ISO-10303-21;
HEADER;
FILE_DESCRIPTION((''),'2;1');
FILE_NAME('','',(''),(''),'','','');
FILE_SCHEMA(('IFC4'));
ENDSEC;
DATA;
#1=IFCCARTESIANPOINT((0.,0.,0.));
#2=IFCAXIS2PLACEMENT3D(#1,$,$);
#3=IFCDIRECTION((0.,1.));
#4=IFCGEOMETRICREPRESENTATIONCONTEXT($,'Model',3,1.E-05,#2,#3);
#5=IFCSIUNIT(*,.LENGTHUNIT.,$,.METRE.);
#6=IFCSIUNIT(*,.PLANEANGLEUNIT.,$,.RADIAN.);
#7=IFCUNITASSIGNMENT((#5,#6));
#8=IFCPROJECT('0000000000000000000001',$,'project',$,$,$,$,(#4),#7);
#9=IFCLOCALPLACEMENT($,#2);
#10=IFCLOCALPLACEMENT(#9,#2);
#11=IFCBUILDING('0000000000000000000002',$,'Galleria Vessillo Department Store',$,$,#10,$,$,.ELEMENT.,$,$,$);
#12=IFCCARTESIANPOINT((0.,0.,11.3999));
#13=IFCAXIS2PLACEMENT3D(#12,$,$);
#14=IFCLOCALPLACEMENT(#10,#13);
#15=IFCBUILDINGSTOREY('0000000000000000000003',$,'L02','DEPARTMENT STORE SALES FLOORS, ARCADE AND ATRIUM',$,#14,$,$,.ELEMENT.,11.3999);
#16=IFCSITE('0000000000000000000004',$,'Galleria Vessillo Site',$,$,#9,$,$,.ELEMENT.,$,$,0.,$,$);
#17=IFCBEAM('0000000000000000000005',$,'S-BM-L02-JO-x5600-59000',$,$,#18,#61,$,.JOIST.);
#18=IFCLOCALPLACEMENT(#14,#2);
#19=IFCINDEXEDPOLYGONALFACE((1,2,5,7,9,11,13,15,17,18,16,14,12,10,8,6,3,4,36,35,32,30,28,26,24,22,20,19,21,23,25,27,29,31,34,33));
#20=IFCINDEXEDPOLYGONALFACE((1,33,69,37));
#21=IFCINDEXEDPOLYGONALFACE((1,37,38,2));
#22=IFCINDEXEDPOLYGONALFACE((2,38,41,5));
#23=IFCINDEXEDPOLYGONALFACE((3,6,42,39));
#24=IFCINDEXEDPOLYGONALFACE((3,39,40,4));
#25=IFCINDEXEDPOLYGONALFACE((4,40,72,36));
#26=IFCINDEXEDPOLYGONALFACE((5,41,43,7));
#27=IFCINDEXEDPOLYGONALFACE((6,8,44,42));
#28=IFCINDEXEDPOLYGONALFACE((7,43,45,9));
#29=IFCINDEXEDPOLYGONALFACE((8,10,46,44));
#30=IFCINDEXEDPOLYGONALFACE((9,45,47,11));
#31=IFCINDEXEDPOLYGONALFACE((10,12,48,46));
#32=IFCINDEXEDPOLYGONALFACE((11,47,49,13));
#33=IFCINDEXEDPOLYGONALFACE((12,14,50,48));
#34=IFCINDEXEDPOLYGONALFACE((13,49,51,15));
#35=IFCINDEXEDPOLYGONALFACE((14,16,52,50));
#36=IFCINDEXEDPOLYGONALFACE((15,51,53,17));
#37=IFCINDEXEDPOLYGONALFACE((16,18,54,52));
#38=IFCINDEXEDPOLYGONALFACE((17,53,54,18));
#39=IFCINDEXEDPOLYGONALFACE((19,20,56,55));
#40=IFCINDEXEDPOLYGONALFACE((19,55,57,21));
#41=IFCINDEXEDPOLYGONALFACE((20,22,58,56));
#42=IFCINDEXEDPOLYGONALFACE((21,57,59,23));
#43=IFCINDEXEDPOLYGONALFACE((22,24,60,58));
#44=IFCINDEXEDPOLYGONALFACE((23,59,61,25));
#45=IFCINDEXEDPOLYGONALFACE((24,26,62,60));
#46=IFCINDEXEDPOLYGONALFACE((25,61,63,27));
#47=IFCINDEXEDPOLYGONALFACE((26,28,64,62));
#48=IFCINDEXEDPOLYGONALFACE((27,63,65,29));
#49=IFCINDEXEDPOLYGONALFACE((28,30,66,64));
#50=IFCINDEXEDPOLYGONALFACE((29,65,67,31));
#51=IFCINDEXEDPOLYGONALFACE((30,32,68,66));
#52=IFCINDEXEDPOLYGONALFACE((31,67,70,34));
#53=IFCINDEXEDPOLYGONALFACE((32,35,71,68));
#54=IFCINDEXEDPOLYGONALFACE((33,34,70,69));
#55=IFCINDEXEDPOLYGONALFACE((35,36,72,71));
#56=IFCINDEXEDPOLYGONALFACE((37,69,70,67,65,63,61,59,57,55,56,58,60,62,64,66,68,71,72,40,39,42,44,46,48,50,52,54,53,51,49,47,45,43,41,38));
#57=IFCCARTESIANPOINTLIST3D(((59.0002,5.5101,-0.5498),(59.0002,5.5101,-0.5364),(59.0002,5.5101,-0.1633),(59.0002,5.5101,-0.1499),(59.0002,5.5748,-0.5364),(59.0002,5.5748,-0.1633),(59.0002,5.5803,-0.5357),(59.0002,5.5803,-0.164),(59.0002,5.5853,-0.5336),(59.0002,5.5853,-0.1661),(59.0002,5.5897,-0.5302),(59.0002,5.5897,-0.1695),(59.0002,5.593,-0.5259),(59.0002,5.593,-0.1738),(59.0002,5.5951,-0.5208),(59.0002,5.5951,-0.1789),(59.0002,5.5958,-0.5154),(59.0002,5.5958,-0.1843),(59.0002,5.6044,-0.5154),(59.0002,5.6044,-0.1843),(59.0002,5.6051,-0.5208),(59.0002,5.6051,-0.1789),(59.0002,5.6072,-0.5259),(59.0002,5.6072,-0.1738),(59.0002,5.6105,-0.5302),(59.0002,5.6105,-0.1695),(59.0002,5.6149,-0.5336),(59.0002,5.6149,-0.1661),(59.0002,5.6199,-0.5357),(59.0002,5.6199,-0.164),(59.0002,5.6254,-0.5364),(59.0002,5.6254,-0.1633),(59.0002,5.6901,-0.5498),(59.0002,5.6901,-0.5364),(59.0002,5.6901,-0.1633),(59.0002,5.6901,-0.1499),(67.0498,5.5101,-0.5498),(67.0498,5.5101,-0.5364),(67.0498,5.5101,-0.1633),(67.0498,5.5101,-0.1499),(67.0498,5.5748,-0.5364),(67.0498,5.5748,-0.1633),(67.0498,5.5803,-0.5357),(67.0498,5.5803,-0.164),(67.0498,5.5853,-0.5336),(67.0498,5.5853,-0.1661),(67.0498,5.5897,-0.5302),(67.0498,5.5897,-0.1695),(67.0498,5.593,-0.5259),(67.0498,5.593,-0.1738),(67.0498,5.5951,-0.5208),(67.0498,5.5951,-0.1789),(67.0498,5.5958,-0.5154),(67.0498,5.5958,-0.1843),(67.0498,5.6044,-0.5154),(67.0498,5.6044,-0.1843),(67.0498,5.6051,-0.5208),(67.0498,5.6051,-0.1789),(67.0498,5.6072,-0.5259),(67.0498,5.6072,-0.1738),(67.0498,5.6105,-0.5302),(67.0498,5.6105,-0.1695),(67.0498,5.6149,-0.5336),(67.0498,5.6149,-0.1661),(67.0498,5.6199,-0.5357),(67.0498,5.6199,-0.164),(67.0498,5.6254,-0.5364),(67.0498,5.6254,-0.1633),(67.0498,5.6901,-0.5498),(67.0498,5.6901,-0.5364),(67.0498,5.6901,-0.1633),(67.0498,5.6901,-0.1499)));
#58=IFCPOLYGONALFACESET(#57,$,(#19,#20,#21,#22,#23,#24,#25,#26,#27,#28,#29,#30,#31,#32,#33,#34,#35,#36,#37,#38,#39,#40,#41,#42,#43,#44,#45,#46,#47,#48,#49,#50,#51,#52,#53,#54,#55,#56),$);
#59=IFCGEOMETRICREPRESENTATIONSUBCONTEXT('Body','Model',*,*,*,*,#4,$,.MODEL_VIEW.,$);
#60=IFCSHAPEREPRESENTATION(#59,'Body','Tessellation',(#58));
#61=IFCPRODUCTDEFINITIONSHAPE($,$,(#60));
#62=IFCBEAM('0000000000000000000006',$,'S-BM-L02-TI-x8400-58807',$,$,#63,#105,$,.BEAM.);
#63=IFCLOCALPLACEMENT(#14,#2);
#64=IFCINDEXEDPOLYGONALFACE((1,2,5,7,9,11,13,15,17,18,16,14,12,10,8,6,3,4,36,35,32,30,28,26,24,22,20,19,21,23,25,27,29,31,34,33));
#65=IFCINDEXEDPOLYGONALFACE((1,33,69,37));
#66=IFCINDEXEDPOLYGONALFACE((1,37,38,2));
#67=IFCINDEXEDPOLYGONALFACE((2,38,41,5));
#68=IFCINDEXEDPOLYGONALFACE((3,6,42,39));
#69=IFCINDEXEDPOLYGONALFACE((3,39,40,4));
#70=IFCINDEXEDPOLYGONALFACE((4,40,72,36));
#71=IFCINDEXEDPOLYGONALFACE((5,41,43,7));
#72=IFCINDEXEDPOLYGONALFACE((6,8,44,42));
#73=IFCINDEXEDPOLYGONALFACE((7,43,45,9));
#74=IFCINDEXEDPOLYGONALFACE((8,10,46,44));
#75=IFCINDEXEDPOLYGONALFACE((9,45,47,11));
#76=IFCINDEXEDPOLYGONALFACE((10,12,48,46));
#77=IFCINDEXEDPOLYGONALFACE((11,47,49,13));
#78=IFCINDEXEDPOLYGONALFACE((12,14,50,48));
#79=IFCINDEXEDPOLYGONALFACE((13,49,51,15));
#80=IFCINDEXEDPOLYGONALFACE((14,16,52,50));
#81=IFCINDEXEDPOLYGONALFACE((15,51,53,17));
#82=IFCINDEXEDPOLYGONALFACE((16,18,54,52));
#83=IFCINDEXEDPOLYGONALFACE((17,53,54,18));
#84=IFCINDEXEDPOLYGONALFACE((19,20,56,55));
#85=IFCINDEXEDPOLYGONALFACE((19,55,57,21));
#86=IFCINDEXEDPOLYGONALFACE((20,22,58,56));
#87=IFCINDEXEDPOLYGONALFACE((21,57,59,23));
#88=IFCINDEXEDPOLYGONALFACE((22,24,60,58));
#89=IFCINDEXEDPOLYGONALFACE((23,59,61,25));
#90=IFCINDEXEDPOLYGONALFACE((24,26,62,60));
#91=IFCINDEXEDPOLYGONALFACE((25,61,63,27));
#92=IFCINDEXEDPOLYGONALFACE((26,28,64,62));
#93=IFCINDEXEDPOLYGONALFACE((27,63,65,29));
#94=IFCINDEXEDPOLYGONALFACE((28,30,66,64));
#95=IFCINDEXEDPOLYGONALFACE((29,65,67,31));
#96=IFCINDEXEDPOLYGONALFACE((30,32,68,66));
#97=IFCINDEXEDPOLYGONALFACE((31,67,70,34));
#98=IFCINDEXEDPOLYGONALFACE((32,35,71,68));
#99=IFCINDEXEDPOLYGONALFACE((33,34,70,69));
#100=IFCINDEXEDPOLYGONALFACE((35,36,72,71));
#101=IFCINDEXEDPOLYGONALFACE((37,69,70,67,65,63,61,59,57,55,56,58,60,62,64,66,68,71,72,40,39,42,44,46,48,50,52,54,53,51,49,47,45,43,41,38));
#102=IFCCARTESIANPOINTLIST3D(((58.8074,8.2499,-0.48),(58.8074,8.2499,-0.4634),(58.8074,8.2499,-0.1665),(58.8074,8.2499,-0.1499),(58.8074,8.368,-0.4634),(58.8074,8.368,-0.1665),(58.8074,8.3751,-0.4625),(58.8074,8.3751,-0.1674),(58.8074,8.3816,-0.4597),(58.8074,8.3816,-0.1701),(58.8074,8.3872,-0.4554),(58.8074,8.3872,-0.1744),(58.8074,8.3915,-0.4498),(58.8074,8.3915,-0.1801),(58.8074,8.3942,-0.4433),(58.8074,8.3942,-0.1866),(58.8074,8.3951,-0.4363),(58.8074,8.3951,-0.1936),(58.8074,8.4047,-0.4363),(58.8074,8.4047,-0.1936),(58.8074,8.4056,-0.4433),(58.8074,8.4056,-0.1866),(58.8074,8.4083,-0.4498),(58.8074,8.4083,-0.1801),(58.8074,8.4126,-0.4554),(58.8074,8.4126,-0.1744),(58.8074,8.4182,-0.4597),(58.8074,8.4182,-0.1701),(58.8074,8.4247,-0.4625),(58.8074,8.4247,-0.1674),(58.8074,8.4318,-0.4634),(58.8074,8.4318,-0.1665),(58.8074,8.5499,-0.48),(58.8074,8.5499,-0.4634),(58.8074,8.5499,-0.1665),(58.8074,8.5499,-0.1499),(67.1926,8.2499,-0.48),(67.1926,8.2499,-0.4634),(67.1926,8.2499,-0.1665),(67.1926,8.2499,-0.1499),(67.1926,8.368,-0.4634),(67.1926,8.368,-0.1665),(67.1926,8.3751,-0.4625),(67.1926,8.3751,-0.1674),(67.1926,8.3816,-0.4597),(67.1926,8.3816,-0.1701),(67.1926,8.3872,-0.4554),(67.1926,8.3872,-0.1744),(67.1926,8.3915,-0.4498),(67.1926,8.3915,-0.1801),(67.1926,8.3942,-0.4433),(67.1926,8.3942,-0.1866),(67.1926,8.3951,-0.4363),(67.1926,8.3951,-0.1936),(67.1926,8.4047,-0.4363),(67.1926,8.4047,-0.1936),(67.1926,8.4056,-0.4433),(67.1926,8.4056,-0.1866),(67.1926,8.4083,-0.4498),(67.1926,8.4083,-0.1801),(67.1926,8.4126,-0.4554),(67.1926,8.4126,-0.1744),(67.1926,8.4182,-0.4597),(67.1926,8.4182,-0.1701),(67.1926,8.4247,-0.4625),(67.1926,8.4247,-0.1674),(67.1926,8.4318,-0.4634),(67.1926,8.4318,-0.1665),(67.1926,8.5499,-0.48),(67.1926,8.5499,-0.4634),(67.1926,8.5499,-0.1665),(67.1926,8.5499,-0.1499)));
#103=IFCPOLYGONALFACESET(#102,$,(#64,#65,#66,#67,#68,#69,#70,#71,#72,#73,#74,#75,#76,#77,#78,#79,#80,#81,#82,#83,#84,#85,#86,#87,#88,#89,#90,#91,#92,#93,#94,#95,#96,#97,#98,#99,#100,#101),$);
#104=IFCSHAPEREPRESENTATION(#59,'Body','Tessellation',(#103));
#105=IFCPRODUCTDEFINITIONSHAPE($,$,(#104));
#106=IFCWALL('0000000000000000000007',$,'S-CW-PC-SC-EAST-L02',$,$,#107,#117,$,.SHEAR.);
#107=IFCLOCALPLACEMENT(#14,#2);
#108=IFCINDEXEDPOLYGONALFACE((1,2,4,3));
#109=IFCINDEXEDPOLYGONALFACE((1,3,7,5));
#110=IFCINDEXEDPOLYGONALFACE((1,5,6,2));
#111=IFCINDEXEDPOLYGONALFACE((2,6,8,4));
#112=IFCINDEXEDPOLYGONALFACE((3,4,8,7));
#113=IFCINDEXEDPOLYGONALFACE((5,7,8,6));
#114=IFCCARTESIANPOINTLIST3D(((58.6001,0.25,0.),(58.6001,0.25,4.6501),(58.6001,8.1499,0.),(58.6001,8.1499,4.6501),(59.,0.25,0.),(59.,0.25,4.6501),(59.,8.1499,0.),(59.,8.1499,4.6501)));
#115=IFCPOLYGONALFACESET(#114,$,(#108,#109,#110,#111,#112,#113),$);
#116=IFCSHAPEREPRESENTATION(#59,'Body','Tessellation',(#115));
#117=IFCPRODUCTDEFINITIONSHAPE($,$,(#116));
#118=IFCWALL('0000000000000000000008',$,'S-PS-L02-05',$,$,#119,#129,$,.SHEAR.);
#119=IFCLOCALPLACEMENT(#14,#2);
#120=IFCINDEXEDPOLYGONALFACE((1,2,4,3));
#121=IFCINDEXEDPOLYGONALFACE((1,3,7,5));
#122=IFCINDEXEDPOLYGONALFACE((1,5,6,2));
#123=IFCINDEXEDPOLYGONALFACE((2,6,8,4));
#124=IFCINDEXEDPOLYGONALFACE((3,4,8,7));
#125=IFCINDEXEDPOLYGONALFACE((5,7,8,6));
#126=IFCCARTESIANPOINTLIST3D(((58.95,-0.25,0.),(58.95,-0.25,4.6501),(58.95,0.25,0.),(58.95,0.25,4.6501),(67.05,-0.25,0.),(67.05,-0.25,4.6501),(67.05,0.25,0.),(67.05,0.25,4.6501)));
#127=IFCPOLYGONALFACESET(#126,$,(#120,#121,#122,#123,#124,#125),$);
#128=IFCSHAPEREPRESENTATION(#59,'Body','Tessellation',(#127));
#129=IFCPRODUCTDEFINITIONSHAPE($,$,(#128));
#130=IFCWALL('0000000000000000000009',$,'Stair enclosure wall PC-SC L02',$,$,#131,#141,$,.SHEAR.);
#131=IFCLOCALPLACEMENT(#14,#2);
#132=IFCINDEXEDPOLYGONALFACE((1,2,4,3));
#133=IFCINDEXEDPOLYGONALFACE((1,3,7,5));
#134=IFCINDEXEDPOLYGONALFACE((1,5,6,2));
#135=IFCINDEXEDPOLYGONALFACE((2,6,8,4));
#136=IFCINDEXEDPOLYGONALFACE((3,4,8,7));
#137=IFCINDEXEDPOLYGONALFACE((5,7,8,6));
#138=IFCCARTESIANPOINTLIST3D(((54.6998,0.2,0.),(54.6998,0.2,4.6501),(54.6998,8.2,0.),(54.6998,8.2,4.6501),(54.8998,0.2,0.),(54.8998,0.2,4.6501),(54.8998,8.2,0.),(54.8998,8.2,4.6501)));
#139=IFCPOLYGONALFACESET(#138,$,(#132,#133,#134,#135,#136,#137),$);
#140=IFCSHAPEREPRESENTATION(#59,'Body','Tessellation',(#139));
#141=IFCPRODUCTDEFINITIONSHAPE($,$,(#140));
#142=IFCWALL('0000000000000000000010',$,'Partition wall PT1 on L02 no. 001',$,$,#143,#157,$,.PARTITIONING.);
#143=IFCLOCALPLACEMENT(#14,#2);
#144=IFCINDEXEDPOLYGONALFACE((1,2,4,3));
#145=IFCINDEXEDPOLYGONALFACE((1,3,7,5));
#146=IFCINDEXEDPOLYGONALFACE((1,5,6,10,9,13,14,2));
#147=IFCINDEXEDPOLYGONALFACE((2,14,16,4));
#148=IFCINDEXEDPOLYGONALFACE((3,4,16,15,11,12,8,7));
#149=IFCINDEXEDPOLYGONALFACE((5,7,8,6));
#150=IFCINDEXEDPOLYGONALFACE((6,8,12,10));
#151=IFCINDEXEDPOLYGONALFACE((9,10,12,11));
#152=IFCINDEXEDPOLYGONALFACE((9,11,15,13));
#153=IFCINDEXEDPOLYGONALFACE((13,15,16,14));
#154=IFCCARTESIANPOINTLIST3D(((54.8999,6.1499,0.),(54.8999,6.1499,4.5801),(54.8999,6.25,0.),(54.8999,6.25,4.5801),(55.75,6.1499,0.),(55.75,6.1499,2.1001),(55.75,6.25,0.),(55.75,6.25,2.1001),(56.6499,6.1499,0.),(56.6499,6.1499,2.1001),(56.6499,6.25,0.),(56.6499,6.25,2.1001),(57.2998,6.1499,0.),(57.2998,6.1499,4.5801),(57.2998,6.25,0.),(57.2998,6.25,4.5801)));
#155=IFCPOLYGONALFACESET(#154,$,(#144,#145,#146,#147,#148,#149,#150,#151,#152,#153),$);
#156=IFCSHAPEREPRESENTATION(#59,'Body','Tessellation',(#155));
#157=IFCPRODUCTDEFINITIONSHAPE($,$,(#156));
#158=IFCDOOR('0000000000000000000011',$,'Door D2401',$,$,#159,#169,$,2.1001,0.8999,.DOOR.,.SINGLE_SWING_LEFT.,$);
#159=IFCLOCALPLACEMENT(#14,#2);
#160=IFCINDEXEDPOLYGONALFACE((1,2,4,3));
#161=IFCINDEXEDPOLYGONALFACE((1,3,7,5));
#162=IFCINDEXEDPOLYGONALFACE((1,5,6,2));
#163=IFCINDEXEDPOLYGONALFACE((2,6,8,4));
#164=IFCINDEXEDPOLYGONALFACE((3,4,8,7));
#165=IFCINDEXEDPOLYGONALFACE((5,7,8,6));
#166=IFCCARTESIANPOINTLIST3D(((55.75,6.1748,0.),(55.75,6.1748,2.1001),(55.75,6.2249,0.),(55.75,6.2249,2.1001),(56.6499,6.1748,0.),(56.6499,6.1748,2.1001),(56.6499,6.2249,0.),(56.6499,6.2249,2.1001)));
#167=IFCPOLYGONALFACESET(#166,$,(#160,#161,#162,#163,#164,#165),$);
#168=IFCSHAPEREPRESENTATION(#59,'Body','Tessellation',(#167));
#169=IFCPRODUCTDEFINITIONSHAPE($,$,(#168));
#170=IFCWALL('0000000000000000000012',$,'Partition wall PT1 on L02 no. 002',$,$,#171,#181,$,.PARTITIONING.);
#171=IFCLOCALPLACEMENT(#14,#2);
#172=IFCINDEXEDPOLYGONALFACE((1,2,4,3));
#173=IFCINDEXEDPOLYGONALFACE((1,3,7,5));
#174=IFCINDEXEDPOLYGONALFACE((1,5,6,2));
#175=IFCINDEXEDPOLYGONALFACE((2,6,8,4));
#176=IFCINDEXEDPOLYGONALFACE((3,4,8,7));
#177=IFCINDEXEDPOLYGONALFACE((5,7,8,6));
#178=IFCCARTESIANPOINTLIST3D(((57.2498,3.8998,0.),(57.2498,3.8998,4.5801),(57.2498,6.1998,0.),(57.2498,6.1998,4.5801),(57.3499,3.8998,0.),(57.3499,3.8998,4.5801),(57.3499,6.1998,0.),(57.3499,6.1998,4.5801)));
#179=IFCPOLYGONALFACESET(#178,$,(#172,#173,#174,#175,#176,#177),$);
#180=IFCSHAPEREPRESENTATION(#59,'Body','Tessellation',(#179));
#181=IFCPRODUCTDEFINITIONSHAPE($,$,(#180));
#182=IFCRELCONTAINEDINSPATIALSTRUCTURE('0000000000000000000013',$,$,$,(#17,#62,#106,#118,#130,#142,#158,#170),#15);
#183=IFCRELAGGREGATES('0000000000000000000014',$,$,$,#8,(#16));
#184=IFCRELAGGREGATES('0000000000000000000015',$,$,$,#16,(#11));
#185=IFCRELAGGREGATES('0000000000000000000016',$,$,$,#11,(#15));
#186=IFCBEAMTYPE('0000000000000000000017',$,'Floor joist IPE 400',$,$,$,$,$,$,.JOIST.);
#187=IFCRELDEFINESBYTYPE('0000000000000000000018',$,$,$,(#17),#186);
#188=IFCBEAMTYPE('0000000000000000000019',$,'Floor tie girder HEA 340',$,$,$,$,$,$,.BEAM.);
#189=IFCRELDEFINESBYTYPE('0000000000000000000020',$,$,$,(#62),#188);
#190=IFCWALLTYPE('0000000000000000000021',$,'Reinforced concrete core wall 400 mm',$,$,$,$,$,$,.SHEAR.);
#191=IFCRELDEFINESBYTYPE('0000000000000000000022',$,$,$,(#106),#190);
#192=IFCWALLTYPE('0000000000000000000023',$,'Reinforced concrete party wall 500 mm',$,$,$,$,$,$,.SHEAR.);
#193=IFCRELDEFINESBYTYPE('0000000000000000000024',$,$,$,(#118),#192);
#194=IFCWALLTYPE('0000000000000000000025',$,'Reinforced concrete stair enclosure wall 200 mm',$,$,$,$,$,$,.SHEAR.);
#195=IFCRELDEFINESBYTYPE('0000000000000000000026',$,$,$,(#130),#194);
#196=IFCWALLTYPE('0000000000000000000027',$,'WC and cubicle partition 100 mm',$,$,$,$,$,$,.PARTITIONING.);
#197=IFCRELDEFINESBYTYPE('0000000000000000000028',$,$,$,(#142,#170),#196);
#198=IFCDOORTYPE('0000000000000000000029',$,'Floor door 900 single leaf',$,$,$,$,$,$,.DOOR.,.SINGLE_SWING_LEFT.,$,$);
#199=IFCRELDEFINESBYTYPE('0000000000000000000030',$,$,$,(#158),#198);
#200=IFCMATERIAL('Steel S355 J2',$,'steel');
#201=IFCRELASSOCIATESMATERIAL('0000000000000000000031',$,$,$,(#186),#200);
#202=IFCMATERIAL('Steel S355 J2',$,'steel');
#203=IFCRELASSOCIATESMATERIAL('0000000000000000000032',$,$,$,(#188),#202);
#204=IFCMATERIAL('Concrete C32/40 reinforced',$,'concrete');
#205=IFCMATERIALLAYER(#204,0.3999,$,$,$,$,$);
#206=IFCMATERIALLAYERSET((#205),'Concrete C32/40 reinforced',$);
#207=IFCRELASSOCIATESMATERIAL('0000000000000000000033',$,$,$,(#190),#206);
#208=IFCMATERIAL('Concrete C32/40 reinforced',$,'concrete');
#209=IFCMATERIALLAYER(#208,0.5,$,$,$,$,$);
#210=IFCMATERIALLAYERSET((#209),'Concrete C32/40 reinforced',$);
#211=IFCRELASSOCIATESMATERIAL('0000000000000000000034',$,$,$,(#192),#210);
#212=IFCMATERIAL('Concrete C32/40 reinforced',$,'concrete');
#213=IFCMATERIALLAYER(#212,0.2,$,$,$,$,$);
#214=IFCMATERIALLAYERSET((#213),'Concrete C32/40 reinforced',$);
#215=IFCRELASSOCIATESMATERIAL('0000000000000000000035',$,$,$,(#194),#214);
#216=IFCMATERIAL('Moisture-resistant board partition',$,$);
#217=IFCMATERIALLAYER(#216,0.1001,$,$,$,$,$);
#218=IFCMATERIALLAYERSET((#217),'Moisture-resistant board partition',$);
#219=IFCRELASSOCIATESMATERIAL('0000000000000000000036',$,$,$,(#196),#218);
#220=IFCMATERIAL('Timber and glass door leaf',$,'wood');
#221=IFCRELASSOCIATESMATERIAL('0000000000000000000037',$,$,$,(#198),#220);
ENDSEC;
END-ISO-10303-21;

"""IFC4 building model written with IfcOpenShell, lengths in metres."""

from ifc_helpers import new_model, si_unit, direction, frame, frame_2d, origin, origin_2d, place, context, subcontext, project, spatial, rectangle, i_section, extrude, material, layer, layer_set, material_profile, profile_set, type_object, element, fill, save


model = new_model("IFC4")

# Units and contexts
model_context = context("Model", 3, precision=1e-05, world=origin(), true_north=direction((0.0, 1.0)))
body_context = subcontext(model_context, "Body", "Model", "MODEL_VIEW")
ifc_project = project(units=[si_unit("LENGTHUNIT", "METRE"), si_unit("PLANEANGLEUNIT", "RADIAN")], contexts=[model_context])

# Site, building, storey
site_placement = place(None, origin())
site = spatial("IfcSite", under=ifc_project, at=site_placement, Name="Galleria Vessillo Site", CompositionType="ELEMENT", RefElevation=0.0)
building_placement = place(site_placement, origin())
building = spatial("IfcBuilding", under=site, at=building_placement, Name="Galleria Vessillo Department Store", CompositionType="ELEMENT")
storey_placement = place(building_placement, frame((0.0, 0.0, 11.3999)))
storey = spatial("IfcBuildingStorey", under=building, at=storey_placement, Name="L02", Description="DEPARTMENT STORE SALES FLOORS, ARCADE AND ATRIUM", CompositionType="ELEMENT", Elevation=11.3999)

# Beams
ifc_material_1 = material(Name="Steel S355 J2", Category="steel")
ifc_material_profile_1 = material_profile(ifc_material_1, i_section(OverallWidth=0.1799, OverallDepth=0.3999, WebThickness=0.0085, FlangeThickness=0.0134, FilletRadius=0.021, at=origin_2d()), Name="IPE 400")
ifc_profile_set_1 = profile_set([ifc_material_profile_1], Name="Steel S355 J2")
beam_type_1 = type_object("IfcBeamType", Name="Floor joist IPE 400", PredefinedType="JOIST", material=ifc_profile_set_1)
for number, where, z_axis, x_axis, name in (
    (1, (59.0002, 5.6001, -0.3499), (1.0, 0.0, 0.0), (0.0, 1.0, 0.0), "S-BM-L02-JO-x5600-59000"),
):
    element("IfcBeam", number, at=place(storey_placement, frame(where, z_axis=z_axis, x_axis=x_axis)), inside=storey, type_object=beam_type_1, Name=name, PredefinedType="JOIST", context=body_context, shape_type="SweptSolid", body=[
        extrude(i_section(OverallWidth=0.1799, OverallDepth=0.3999, WebThickness=0.0085, FlangeThickness=0.0134, FilletRadius=0.021, at=origin_2d()), origin(), (0.0, 0.0, 1.0), 8.0496),
    ])
ifc_material_2 = material(Name="Steel S355 J2", Category="steel")
ifc_material_profile_2 = material_profile(ifc_material_2, i_section(OverallWidth=0.3, OverallDepth=0.3301, WebThickness=0.0095, FlangeThickness=0.0166, FilletRadius=0.0271, at=origin_2d()), Name="HEA 340")
ifc_profile_set_2 = profile_set([ifc_material_profile_2], Name="Steel S355 J2")
beam_type_2 = type_object("IfcBeamType", Name="Floor tie girder HEA 340", PredefinedType="BEAM", material=ifc_profile_set_2)
beam_placement = place(storey_placement, frame((58.8074, 8.3999, -0.3149), z_axis=(1.0, 0.0, 0.0), x_axis=(0.0, 1.0, 0.0)))
element("IfcBeam", 2, at=beam_placement, inside=storey, type_object=beam_type_2, Name="S-BM-L02-TI-x8400-58807", PredefinedType="BEAM", context=body_context, shape_type="SweptSolid", body=[
    extrude(i_section(OverallWidth=0.3, OverallDepth=0.3301, WebThickness=0.0095, FlangeThickness=0.0166, FilletRadius=0.0271, at=origin_2d()), origin(), (0.0, 0.0, 1.0), 8.3853),
])

# Walls
ifc_material_3 = material(Name="Concrete C32/40 reinforced", Category="concrete")
ifc_layer_1 = layer(ifc_material_3, 0.3999)
ifc_layer_set_1 = layer_set([ifc_layer_1], Name="Concrete C32/40 reinforced")
wall_type_1 = type_object("IfcWallType", Name="Reinforced concrete core wall 400 mm", PredefinedType="SHEAR", material=ifc_layer_set_1)
wall_1_placement = place(storey_placement, frame((58.8, 0.25, 0.0), z_axis=(0.0, 0.0, 1.0), x_axis=(0.0, 1.0, 0.0)))
element("IfcWall", 3, at=wall_1_placement, inside=storey, type_object=wall_type_1, Name="S-CW-PC-SC-EAST-L02", PredefinedType="SHEAR", context=body_context, shape_type="SweptSolid", body=[
    extrude(rectangle(XDim=7.8999, YDim=0.3999, at=frame_2d((3.95, 0.0))), origin(), (0.0, 0.0, 1.0), 4.6501),
])
ifc_material_4 = material(Name="Concrete C32/40 reinforced", Category="concrete")
ifc_layer_2 = layer(ifc_material_4, 0.5)
ifc_layer_set_2 = layer_set([ifc_layer_2], Name="Concrete C32/40 reinforced")
wall_type_2 = type_object("IfcWallType", Name="Reinforced concrete party wall 500 mm", PredefinedType="SHEAR", material=ifc_layer_set_2)
wall_2_placement = place(storey_placement, frame((58.95, 0.0, 0.0), z_axis=(0.0, 0.0, 1.0), x_axis=(1.0, 0.0, 0.0)))
element("IfcWall", 4, at=wall_2_placement, inside=storey, type_object=wall_type_2, Name="S-PS-L02-05", PredefinedType="SHEAR", context=body_context, shape_type="SweptSolid", body=[
    extrude(rectangle(XDim=8.1001, YDim=0.5, at=frame_2d((4.05, 0.0))), origin(), (0.0, 0.0, 1.0), 4.6501),
])
ifc_material_5 = material(Name="Concrete C32/40 reinforced", Category="concrete")
ifc_layer_3 = layer(ifc_material_5, 0.2)
ifc_layer_set_3 = layer_set([ifc_layer_3], Name="Concrete C32/40 reinforced")
wall_type_3 = type_object("IfcWallType", Name="Reinforced concrete stair enclosure wall 200 mm", PredefinedType="SHEAR", material=ifc_layer_set_3)
wall_3_placement = place(storey_placement, frame((54.7998, 0.2, 0.0), z_axis=(0.0, 0.0, 1.0), x_axis=(0.0, 1.0, 0.0)))
element("IfcWall", 5, at=wall_3_placement, inside=storey, type_object=wall_type_3, Name="Stair enclosure wall PC-SC L02", PredefinedType="SHEAR", context=body_context, shape_type="SweptSolid", body=[
    extrude(rectangle(XDim=8.0, YDim=0.2, at=frame_2d((4.0, 0.0))), origin(), (0.0, 0.0, 1.0), 4.6501),
])

# Wall, opening, door
ifc_material_6 = material(Name="Moisture-resistant board partition")
ifc_layer_4 = layer(ifc_material_6, 0.1001)
ifc_layer_set_4 = layer_set([ifc_layer_4], Name="Moisture-resistant board partition")
wall_type_4 = type_object("IfcWallType", Name="WC and cubicle partition 100 mm", PredefinedType="PARTITIONING", material=ifc_layer_set_4)
wall_4_placement = place(storey_placement, frame((54.8999, 6.2, 0.0), z_axis=(0.0, 0.0, 1.0), x_axis=(1.0, 0.0, 0.0)))
wall_4 = element("IfcWall", 6, at=wall_4_placement, inside=storey, type_object=wall_type_4, Name="Partition wall PT1 on L02 no. 001", PredefinedType="PARTITIONING", context=body_context, shape_type="SweptSolid", body=[
    extrude(rectangle(XDim=2.3999, YDim=0.1001, at=frame_2d((1.2, 0.0))), origin(), (0.0, 0.0, 1.0), 4.5801),
])
opening_1_placement = place(wall_4_placement, frame((0.8501, 0.0, 0.0)))
opening_1 = element("IfcOpeningElement", 7, at=opening_1_placement, cuts=wall_4, PredefinedType="OPENING", context=body_context, shape_type="SweptSolid", body=[
    extrude(rectangle(XDim=0.8999, YDim=2.1001, at=frame_2d((0.45, 1.05))), frame((0.0, 0.0601, 0.0), z_axis=(0.0, -1.0, 0.0), x_axis=(1.0, 0.0, 0.0)), (0.0, 0.0, 1.0), 0.1201),
])
ifc_material_7 = material(Name="Timber and glass door leaf", Category="wood")
door_type_1 = type_object("IfcDoorType", Name="Floor door 900 single leaf", OperationType="SINGLE_SWING_LEFT", PredefinedType="DOOR", material=ifc_material_7)
door_1_placement = place(opening_1_placement, origin())
door_1 = element("IfcDoor", 8, at=door_1_placement, inside=storey, type_object=door_type_1, Name="Door D2401", OperationType="SINGLE_SWING_LEFT", OverallHeight=2.1001, OverallWidth=0.8999, PredefinedType="DOOR", context=body_context, shape_type="SweptSolid", body=[
    extrude(rectangle(XDim=0.8999, YDim=2.1001, at=frame_2d((0.45, 1.05))), frame((0.0, 0.0249, 0.0), z_axis=(0.0, -1.0, 0.0), x_axis=(1.0, 0.0, 0.0)), (0.0, 0.0, 1.0), 0.05),
])
fill(opening_1, door_1)

# Wall
wall_5_placement = place(storey_placement, frame((57.2998, 3.8999, 0.0), z_axis=(0.0, 0.0, 1.0), x_axis=(0.0, 1.0, 0.0)))
element("IfcWall", 9, at=wall_5_placement, inside=storey, type_object=wall_type_4, Name="Partition wall PT1 on L02 no. 002", PredefinedType="PARTITIONING", context=body_context, shape_type="SweptSolid", body=[
    extrude(rectangle(XDim=2.3, YDim=0.1001, at=frame_2d((1.1499, 0.0))), origin(), (0.0, 0.0, 1.0), 4.5801),
])

save(model, "model.ifc")
